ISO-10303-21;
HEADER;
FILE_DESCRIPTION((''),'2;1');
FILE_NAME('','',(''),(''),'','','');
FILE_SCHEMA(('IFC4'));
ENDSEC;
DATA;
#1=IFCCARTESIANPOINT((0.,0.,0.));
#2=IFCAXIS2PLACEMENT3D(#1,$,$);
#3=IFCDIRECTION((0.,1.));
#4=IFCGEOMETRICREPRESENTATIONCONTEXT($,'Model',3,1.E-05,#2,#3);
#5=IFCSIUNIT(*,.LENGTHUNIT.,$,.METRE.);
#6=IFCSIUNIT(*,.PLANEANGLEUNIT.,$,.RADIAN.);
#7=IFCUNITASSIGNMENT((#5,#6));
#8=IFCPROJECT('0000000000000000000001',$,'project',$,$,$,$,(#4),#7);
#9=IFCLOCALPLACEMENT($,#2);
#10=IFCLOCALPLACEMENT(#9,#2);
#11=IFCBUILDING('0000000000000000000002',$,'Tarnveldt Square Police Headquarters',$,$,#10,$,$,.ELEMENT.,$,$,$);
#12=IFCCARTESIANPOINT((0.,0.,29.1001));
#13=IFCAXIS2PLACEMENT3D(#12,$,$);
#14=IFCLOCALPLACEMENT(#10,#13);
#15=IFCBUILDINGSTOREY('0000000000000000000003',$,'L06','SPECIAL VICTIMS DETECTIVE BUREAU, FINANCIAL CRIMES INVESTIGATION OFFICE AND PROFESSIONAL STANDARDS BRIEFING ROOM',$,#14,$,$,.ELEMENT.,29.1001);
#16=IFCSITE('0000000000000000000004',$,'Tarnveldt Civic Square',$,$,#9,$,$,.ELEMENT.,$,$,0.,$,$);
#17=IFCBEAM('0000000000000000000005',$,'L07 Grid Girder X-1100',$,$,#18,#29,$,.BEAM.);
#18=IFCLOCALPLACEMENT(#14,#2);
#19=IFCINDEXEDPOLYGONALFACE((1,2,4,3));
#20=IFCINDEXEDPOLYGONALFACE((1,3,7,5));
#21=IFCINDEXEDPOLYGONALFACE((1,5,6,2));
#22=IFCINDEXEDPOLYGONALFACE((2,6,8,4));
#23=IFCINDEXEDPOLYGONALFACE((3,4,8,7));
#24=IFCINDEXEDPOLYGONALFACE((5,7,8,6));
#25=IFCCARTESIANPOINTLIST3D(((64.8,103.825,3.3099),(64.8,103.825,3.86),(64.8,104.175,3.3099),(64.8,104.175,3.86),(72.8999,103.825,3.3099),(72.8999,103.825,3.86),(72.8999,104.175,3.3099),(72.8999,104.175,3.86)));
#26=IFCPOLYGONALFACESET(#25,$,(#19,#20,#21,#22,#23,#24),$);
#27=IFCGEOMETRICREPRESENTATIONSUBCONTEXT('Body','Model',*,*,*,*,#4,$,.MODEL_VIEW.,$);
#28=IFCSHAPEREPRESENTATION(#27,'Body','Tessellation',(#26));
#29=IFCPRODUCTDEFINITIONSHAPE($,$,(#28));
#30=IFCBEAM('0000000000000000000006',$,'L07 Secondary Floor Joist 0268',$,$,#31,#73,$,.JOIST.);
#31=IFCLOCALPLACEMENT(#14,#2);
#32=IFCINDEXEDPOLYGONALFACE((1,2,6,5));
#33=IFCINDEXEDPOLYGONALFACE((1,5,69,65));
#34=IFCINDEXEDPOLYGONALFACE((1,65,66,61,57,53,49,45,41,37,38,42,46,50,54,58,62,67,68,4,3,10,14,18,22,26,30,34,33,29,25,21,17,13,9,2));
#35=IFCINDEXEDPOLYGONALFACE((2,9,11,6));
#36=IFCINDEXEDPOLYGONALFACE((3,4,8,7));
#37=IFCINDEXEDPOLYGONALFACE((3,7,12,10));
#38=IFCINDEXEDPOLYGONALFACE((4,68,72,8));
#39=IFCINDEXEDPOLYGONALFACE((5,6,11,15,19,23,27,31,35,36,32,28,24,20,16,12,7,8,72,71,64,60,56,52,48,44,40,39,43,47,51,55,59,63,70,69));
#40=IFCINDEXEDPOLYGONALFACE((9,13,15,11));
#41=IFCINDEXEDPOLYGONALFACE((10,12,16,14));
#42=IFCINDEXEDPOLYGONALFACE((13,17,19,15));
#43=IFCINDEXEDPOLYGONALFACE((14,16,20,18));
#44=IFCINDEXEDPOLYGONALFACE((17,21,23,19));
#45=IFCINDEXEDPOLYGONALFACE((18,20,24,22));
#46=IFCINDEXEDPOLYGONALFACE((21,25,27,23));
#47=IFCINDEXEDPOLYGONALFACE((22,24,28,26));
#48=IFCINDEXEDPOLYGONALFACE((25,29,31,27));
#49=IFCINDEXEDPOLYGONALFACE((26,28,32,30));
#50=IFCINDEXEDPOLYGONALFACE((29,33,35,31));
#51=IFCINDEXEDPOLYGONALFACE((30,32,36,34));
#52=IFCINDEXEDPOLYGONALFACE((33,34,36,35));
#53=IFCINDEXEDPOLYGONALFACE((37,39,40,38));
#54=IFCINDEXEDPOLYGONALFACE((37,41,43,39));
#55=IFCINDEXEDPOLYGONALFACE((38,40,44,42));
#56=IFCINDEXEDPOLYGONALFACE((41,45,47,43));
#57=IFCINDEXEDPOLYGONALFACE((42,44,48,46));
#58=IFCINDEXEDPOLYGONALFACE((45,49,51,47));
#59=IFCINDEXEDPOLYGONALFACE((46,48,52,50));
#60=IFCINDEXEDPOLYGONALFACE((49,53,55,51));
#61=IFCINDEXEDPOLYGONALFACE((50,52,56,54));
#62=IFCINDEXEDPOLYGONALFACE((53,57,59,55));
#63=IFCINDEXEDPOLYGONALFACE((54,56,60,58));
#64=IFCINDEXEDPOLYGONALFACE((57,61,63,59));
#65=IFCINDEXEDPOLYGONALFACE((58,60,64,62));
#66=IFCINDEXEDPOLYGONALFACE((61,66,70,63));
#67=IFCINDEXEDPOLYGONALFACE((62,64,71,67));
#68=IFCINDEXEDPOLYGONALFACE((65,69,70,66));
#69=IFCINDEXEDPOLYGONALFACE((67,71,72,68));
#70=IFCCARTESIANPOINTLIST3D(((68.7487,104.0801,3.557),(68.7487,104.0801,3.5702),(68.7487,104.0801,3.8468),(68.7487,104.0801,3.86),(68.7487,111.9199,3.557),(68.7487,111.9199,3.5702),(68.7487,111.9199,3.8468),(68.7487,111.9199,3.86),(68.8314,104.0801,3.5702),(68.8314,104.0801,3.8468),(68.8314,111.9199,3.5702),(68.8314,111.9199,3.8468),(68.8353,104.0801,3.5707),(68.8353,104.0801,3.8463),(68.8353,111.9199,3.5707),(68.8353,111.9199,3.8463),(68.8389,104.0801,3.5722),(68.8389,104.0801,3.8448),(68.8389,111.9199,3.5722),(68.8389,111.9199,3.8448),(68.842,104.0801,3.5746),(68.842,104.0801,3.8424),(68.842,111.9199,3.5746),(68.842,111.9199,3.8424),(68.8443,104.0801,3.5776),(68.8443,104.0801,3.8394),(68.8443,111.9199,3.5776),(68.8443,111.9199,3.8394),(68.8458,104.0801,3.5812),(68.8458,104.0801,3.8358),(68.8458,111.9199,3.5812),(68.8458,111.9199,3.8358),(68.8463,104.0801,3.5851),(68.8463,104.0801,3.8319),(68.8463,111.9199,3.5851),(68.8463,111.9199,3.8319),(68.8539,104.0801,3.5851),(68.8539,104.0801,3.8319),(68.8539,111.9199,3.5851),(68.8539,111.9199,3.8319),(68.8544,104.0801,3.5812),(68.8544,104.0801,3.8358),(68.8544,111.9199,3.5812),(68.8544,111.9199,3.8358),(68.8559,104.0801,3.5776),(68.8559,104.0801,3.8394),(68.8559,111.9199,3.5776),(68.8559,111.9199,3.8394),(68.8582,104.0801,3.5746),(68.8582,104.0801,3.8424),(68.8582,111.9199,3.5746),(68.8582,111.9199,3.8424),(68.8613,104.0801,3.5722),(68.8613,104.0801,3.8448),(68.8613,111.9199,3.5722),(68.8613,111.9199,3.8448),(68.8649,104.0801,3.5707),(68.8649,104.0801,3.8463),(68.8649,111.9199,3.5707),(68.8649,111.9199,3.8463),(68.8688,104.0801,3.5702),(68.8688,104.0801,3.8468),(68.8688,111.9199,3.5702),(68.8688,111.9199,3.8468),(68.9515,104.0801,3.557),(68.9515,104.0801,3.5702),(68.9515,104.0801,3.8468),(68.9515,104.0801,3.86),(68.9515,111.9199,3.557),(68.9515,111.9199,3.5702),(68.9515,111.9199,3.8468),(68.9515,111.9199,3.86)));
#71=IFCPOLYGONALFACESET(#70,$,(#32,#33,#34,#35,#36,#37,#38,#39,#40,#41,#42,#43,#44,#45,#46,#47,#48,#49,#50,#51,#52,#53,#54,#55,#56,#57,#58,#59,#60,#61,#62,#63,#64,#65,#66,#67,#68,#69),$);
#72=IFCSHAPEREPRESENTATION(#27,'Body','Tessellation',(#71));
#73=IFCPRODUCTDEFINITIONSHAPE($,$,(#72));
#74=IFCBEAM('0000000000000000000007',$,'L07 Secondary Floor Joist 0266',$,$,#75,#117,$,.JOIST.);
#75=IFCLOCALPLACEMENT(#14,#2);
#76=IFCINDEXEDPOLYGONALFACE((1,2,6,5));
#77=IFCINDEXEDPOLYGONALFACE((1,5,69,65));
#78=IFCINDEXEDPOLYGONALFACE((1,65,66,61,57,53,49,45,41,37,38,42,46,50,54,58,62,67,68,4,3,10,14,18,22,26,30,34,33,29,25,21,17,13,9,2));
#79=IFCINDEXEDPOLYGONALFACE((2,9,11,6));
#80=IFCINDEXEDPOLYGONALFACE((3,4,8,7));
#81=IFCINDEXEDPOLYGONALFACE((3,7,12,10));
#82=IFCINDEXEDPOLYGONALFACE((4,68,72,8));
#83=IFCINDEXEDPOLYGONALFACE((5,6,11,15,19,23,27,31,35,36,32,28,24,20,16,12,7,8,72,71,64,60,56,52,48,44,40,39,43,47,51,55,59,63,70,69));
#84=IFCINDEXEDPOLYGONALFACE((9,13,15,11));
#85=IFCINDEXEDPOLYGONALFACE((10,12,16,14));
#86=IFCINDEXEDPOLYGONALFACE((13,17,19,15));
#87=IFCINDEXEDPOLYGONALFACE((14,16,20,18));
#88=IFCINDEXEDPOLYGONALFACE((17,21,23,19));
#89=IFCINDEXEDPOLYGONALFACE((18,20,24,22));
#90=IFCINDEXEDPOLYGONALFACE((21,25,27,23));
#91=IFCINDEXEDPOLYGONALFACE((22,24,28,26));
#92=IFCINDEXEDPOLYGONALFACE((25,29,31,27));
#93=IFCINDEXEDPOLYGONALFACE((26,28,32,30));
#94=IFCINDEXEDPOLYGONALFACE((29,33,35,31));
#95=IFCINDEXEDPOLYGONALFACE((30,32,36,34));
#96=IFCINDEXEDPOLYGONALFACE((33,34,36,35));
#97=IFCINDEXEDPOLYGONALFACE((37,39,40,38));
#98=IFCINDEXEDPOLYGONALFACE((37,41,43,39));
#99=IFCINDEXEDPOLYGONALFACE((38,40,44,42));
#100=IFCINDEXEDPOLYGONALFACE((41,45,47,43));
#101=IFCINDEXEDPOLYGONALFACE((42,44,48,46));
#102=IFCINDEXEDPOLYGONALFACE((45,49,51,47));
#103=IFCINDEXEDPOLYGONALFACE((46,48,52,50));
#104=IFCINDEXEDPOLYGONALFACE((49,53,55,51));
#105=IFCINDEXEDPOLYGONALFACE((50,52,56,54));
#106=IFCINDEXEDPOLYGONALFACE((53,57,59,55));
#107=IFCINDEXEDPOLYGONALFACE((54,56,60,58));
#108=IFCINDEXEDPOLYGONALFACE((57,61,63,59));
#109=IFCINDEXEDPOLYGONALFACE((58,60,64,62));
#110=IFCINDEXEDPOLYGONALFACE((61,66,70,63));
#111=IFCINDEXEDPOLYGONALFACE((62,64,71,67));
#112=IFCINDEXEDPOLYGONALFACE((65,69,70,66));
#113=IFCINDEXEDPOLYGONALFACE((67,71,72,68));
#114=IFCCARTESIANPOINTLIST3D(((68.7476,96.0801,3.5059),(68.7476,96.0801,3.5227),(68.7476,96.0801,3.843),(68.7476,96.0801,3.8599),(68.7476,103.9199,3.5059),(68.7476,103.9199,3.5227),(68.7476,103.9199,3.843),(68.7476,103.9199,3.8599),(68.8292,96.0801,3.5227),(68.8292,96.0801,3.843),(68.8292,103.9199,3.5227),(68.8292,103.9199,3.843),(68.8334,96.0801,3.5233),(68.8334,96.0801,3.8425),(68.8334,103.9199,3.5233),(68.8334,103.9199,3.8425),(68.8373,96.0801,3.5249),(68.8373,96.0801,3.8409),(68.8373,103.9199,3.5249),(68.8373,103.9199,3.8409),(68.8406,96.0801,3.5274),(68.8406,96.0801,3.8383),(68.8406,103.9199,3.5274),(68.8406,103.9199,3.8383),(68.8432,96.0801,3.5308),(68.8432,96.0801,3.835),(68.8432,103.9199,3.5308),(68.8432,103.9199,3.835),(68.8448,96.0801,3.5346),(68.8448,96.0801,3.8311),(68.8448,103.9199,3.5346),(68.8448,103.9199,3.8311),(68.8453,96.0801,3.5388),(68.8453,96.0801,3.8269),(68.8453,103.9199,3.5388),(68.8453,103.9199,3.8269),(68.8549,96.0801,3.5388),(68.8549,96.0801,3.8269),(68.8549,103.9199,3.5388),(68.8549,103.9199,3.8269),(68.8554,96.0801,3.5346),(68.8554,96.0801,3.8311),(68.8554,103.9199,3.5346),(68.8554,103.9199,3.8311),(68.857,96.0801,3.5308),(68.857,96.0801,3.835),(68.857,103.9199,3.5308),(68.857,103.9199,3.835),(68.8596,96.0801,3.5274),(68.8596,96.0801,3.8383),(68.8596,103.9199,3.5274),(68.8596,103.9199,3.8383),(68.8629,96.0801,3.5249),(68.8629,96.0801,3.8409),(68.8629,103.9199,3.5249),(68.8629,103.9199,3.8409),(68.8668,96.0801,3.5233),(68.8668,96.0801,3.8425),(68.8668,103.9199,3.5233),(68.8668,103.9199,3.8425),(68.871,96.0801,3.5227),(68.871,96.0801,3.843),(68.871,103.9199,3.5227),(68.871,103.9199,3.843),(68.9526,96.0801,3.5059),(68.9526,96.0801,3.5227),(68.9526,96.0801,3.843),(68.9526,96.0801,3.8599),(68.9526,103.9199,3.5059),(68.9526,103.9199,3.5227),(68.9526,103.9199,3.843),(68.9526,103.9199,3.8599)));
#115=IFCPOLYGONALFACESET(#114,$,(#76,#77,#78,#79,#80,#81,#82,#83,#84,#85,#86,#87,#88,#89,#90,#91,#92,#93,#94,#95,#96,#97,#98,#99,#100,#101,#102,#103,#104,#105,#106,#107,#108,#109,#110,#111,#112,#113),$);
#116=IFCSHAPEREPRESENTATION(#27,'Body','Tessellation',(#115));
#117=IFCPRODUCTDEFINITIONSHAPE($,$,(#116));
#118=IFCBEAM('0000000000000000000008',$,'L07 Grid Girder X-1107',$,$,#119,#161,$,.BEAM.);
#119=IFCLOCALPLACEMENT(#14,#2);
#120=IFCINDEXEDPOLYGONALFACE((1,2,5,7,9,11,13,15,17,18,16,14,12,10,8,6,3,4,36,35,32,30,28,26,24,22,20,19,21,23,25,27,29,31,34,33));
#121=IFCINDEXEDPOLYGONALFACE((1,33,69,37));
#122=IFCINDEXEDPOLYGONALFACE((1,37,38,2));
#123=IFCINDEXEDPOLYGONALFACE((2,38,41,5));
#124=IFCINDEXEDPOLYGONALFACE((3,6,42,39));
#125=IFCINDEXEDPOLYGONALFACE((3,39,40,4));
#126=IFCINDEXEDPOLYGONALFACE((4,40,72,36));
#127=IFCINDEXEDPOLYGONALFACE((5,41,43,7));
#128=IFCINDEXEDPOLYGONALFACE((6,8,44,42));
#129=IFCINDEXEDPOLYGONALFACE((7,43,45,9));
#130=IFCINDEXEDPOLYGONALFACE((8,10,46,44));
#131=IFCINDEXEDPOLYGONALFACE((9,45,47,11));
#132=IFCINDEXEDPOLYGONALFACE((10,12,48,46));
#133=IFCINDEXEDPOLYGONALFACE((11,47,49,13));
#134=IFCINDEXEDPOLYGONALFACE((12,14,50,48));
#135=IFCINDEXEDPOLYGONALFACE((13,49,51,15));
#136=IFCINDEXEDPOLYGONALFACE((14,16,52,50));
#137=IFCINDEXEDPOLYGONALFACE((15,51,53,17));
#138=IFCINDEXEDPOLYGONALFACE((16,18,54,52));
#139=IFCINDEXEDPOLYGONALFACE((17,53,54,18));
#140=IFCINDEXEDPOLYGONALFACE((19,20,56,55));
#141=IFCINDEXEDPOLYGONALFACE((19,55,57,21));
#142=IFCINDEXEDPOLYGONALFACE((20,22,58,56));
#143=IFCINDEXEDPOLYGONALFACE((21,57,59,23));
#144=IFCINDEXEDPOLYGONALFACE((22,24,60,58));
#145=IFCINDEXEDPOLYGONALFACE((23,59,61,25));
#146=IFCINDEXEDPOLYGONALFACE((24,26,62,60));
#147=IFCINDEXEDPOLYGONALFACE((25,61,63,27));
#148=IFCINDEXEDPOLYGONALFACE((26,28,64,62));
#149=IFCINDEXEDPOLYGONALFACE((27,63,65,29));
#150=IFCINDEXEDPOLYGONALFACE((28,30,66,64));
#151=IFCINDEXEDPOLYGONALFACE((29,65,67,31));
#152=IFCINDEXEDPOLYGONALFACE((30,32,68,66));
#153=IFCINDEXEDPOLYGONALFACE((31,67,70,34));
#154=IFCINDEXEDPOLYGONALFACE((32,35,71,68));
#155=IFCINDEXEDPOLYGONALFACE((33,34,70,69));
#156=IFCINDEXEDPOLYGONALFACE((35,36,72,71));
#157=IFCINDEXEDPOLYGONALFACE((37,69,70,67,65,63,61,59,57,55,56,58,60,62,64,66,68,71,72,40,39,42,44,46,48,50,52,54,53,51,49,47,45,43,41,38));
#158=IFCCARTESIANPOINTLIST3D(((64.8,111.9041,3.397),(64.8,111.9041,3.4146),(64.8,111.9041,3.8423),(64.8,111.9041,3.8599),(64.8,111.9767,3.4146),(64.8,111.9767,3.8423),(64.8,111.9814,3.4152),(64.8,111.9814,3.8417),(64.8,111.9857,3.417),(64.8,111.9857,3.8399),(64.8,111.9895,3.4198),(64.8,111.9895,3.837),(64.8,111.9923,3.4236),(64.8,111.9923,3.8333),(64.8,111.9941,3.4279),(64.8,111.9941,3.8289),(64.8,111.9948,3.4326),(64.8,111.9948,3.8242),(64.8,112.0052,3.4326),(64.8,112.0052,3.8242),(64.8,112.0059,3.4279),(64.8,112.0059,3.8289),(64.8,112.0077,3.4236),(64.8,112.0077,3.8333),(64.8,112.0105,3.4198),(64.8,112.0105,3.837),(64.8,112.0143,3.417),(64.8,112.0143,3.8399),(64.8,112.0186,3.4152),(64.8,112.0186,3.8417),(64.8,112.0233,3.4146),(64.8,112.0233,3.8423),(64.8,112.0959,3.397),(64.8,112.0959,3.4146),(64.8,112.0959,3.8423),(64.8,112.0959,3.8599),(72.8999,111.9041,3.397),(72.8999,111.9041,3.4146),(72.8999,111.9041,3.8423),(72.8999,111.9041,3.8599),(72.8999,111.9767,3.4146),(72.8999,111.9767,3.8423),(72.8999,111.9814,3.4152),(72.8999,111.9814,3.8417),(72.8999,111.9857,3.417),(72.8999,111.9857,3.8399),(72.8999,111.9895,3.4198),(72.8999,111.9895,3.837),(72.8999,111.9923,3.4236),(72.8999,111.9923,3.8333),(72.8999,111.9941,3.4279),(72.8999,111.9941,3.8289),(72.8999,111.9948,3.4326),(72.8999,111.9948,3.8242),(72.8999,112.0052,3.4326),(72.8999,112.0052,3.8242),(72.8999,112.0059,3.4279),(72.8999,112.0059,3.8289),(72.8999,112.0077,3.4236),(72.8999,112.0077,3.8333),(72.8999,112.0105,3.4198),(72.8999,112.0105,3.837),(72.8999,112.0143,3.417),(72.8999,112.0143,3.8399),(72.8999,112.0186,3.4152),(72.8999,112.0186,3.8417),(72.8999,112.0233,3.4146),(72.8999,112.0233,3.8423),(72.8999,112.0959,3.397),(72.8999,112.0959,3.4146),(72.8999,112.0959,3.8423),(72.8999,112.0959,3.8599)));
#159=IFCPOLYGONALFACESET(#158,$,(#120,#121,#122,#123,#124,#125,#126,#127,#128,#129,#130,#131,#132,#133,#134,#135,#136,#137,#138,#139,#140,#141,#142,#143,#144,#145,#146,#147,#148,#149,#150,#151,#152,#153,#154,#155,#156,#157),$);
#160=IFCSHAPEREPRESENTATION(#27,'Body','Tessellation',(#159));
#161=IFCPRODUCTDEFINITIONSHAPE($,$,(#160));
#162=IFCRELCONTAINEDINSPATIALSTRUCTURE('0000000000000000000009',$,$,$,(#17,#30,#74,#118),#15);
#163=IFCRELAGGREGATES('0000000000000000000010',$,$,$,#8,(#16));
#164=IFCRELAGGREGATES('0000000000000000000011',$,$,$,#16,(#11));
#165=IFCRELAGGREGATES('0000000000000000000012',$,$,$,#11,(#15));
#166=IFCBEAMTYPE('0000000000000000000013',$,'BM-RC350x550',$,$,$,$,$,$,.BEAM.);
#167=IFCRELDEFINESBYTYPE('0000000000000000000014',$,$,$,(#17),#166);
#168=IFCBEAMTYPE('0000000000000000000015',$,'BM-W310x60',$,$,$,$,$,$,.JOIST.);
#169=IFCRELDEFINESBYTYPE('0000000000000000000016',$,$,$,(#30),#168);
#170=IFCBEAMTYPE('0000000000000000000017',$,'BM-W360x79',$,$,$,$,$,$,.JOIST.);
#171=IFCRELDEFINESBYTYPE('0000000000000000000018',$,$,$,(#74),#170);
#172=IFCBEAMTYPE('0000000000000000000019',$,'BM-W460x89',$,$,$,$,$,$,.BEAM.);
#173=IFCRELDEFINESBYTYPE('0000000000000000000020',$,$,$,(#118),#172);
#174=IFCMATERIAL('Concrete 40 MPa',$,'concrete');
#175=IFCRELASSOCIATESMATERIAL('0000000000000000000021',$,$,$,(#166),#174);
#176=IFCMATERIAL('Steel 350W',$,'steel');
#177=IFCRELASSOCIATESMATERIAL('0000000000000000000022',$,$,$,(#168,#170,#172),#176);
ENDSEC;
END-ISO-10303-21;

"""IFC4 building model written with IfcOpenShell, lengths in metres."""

from ifc_helpers import new_model, si_unit, direction, frame, origin, origin_2d, place, context, subcontext, project, spatial, rectangle, i_section, extrude, material, material_profile, profile_set, type_object, element, save


model = new_model("IFC4")

# Units and contexts
model_context = context("Model", 3, precision=1e-05, world=origin(), true_north=direction((0.0, 1.0)))
body_context = subcontext(model_context, "Body", "Model", "MODEL_VIEW")
ifc_project = project(units=[si_unit("LENGTHUNIT", "METRE"), si_unit("PLANEANGLEUNIT", "RADIAN")], contexts=[model_context])

# Site, building, storey
site_placement = place(None, origin())
site = spatial("IfcSite", under=ifc_project, at=site_placement, Name="Tarnveldt Civic Square", CompositionType="ELEMENT", RefElevation=0.0)
building_placement = place(site_placement, origin())
building = spatial("IfcBuilding", under=site, at=building_placement, Name="Tarnveldt Square Police Headquarters", CompositionType="ELEMENT")
storey_placement = place(building_placement, frame((0.0, 0.0, 29.1001)))
storey = spatial("IfcBuildingStorey", under=building, at=storey_placement, Name="L06", Description="SPECIAL VICTIMS DETECTIVE BUREAU, FINANCIAL CRIMES INVESTIGATION OFFICE AND PROFESSIONAL STANDARDS BRIEFING ROOM", CompositionType="ELEMENT", Elevation=29.1001)

# Shared definitions
ifc_material_1 = material(Name="Concrete 40 MPa", Category="concrete")
ifc_material_2 = material(Name="Steel 350W", Category="steel")

# Beams
ifc_material_profile_1 = material_profile(ifc_material_1, rectangle(XDim=0.3501, YDim=0.55, at=origin_2d()), Name="RC-B350x550")
ifc_profile_set_1 = profile_set([ifc_material_profile_1], Name="Concrete 40 MPa")
beam_type_1 = type_object("IfcBeamType", Name="BM-RC350x550", PredefinedType="BEAM", material=ifc_profile_set_1)
beam_1_placement = place(storey_placement, frame((64.8, 104.0, 3.585), z_axis=(1.0, 0.0, 0.0), x_axis=(0.0, 1.0, 0.0)))
element("IfcBeam", 1, at=beam_1_placement, inside=storey, type_object=beam_type_1, Name="L07 Grid Girder X-1100", PredefinedType="BEAM", context=body_context, shape_type="SweptSolid", body=[
    extrude(rectangle(XDim=0.3501, YDim=0.55, at=origin_2d()), origin(), (0.0, 0.0, 1.0), 8.0999),
])
ifc_material_profile_2 = material_profile(ifc_material_2, i_section(OverallWidth=0.2029, OverallDepth=0.303, WebThickness=0.0076, FlangeThickness=0.0132, FilletRadius=0.0149, at=origin_2d()), Name="W310x60")
ifc_profile_set_2 = profile_set([ifc_material_profile_2], Name="Steel 350W")
beam_type_2 = type_object("IfcBeamType", Name="BM-W310x60", PredefinedType="JOIST", material=ifc_profile_set_2)
beam_2_placement = place(storey_placement, frame((68.8501, 104.0801, 3.7085), z_axis=(0.0, 1.0, 0.0), x_axis=(-1.0, 0.0, 0.0)))
element("IfcBeam", 2, at=beam_2_placement, inside=storey, type_object=beam_type_2, Name="L07 Secondary Floor Joist 0268", PredefinedType="JOIST", context=body_context, shape_type="SweptSolid", body=[
    extrude(i_section(OverallWidth=0.2029, OverallDepth=0.303, WebThickness=0.0076, FlangeThickness=0.0132, FilletRadius=0.0149, at=origin_2d()), origin(), (0.0, 0.0, 1.0), 7.8398),
])
ifc_material_profile_3 = material_profile(ifc_material_2, i_section(OverallWidth=0.2051, OverallDepth=0.354, WebThickness=0.0095, FlangeThickness=0.0168, FilletRadius=0.0161, at=origin_2d()), Name="W360x79")
ifc_profile_set_3 = profile_set([ifc_material_profile_3], Name="Steel 350W")
beam_type_3 = type_object("IfcBeamType", Name="BM-W360x79", PredefinedType="JOIST", material=ifc_profile_set_3)
beam_3_placement = place(storey_placement, frame((68.8501, 96.0801, 3.6829), z_axis=(0.0, 1.0, 0.0), x_axis=(-1.0, 0.0, 0.0)))
element("IfcBeam", 3, at=beam_3_placement, inside=storey, type_object=beam_type_3, Name="L07 Secondary Floor Joist 0266", PredefinedType="JOIST", context=body_context, shape_type="SweptSolid", body=[
    extrude(i_section(OverallWidth=0.2051, OverallDepth=0.354, WebThickness=0.0095, FlangeThickness=0.0168, FilletRadius=0.0161, at=origin_2d()), origin(), (0.0, 0.0, 1.0), 7.8398),
])
ifc_material_profile_4 = material_profile(ifc_material_2, i_section(OverallWidth=0.1919, OverallDepth=0.4629, WebThickness=0.0105, FlangeThickness=0.0176, FilletRadius=0.0181, at=origin_2d()), Name="W460x89")
ifc_profile_set_4 = profile_set([ifc_material_profile_4], Name="Steel 350W")
beam_type_4 = type_object("IfcBeamType", Name="BM-W460x89", PredefinedType="BEAM", material=ifc_profile_set_4)
beam_4_placement = place(storey_placement, frame((64.8, 112.0, 3.6284), z_axis=(1.0, 0.0, 0.0), x_axis=(0.0, 1.0, 0.0)))
element("IfcBeam", 4, at=beam_4_placement, inside=storey, type_object=beam_type_4, Name="L07 Grid Girder X-1107", PredefinedType="BEAM", context=body_context, shape_type="SweptSolid", body=[
    extrude(i_section(OverallWidth=0.1919, OverallDepth=0.4629, WebThickness=0.0105, FlangeThickness=0.0176, FilletRadius=0.0181, at=origin_2d()), origin(), (0.0, 0.0, 1.0), 8.0999),
])

save(model, "model.ifc")
